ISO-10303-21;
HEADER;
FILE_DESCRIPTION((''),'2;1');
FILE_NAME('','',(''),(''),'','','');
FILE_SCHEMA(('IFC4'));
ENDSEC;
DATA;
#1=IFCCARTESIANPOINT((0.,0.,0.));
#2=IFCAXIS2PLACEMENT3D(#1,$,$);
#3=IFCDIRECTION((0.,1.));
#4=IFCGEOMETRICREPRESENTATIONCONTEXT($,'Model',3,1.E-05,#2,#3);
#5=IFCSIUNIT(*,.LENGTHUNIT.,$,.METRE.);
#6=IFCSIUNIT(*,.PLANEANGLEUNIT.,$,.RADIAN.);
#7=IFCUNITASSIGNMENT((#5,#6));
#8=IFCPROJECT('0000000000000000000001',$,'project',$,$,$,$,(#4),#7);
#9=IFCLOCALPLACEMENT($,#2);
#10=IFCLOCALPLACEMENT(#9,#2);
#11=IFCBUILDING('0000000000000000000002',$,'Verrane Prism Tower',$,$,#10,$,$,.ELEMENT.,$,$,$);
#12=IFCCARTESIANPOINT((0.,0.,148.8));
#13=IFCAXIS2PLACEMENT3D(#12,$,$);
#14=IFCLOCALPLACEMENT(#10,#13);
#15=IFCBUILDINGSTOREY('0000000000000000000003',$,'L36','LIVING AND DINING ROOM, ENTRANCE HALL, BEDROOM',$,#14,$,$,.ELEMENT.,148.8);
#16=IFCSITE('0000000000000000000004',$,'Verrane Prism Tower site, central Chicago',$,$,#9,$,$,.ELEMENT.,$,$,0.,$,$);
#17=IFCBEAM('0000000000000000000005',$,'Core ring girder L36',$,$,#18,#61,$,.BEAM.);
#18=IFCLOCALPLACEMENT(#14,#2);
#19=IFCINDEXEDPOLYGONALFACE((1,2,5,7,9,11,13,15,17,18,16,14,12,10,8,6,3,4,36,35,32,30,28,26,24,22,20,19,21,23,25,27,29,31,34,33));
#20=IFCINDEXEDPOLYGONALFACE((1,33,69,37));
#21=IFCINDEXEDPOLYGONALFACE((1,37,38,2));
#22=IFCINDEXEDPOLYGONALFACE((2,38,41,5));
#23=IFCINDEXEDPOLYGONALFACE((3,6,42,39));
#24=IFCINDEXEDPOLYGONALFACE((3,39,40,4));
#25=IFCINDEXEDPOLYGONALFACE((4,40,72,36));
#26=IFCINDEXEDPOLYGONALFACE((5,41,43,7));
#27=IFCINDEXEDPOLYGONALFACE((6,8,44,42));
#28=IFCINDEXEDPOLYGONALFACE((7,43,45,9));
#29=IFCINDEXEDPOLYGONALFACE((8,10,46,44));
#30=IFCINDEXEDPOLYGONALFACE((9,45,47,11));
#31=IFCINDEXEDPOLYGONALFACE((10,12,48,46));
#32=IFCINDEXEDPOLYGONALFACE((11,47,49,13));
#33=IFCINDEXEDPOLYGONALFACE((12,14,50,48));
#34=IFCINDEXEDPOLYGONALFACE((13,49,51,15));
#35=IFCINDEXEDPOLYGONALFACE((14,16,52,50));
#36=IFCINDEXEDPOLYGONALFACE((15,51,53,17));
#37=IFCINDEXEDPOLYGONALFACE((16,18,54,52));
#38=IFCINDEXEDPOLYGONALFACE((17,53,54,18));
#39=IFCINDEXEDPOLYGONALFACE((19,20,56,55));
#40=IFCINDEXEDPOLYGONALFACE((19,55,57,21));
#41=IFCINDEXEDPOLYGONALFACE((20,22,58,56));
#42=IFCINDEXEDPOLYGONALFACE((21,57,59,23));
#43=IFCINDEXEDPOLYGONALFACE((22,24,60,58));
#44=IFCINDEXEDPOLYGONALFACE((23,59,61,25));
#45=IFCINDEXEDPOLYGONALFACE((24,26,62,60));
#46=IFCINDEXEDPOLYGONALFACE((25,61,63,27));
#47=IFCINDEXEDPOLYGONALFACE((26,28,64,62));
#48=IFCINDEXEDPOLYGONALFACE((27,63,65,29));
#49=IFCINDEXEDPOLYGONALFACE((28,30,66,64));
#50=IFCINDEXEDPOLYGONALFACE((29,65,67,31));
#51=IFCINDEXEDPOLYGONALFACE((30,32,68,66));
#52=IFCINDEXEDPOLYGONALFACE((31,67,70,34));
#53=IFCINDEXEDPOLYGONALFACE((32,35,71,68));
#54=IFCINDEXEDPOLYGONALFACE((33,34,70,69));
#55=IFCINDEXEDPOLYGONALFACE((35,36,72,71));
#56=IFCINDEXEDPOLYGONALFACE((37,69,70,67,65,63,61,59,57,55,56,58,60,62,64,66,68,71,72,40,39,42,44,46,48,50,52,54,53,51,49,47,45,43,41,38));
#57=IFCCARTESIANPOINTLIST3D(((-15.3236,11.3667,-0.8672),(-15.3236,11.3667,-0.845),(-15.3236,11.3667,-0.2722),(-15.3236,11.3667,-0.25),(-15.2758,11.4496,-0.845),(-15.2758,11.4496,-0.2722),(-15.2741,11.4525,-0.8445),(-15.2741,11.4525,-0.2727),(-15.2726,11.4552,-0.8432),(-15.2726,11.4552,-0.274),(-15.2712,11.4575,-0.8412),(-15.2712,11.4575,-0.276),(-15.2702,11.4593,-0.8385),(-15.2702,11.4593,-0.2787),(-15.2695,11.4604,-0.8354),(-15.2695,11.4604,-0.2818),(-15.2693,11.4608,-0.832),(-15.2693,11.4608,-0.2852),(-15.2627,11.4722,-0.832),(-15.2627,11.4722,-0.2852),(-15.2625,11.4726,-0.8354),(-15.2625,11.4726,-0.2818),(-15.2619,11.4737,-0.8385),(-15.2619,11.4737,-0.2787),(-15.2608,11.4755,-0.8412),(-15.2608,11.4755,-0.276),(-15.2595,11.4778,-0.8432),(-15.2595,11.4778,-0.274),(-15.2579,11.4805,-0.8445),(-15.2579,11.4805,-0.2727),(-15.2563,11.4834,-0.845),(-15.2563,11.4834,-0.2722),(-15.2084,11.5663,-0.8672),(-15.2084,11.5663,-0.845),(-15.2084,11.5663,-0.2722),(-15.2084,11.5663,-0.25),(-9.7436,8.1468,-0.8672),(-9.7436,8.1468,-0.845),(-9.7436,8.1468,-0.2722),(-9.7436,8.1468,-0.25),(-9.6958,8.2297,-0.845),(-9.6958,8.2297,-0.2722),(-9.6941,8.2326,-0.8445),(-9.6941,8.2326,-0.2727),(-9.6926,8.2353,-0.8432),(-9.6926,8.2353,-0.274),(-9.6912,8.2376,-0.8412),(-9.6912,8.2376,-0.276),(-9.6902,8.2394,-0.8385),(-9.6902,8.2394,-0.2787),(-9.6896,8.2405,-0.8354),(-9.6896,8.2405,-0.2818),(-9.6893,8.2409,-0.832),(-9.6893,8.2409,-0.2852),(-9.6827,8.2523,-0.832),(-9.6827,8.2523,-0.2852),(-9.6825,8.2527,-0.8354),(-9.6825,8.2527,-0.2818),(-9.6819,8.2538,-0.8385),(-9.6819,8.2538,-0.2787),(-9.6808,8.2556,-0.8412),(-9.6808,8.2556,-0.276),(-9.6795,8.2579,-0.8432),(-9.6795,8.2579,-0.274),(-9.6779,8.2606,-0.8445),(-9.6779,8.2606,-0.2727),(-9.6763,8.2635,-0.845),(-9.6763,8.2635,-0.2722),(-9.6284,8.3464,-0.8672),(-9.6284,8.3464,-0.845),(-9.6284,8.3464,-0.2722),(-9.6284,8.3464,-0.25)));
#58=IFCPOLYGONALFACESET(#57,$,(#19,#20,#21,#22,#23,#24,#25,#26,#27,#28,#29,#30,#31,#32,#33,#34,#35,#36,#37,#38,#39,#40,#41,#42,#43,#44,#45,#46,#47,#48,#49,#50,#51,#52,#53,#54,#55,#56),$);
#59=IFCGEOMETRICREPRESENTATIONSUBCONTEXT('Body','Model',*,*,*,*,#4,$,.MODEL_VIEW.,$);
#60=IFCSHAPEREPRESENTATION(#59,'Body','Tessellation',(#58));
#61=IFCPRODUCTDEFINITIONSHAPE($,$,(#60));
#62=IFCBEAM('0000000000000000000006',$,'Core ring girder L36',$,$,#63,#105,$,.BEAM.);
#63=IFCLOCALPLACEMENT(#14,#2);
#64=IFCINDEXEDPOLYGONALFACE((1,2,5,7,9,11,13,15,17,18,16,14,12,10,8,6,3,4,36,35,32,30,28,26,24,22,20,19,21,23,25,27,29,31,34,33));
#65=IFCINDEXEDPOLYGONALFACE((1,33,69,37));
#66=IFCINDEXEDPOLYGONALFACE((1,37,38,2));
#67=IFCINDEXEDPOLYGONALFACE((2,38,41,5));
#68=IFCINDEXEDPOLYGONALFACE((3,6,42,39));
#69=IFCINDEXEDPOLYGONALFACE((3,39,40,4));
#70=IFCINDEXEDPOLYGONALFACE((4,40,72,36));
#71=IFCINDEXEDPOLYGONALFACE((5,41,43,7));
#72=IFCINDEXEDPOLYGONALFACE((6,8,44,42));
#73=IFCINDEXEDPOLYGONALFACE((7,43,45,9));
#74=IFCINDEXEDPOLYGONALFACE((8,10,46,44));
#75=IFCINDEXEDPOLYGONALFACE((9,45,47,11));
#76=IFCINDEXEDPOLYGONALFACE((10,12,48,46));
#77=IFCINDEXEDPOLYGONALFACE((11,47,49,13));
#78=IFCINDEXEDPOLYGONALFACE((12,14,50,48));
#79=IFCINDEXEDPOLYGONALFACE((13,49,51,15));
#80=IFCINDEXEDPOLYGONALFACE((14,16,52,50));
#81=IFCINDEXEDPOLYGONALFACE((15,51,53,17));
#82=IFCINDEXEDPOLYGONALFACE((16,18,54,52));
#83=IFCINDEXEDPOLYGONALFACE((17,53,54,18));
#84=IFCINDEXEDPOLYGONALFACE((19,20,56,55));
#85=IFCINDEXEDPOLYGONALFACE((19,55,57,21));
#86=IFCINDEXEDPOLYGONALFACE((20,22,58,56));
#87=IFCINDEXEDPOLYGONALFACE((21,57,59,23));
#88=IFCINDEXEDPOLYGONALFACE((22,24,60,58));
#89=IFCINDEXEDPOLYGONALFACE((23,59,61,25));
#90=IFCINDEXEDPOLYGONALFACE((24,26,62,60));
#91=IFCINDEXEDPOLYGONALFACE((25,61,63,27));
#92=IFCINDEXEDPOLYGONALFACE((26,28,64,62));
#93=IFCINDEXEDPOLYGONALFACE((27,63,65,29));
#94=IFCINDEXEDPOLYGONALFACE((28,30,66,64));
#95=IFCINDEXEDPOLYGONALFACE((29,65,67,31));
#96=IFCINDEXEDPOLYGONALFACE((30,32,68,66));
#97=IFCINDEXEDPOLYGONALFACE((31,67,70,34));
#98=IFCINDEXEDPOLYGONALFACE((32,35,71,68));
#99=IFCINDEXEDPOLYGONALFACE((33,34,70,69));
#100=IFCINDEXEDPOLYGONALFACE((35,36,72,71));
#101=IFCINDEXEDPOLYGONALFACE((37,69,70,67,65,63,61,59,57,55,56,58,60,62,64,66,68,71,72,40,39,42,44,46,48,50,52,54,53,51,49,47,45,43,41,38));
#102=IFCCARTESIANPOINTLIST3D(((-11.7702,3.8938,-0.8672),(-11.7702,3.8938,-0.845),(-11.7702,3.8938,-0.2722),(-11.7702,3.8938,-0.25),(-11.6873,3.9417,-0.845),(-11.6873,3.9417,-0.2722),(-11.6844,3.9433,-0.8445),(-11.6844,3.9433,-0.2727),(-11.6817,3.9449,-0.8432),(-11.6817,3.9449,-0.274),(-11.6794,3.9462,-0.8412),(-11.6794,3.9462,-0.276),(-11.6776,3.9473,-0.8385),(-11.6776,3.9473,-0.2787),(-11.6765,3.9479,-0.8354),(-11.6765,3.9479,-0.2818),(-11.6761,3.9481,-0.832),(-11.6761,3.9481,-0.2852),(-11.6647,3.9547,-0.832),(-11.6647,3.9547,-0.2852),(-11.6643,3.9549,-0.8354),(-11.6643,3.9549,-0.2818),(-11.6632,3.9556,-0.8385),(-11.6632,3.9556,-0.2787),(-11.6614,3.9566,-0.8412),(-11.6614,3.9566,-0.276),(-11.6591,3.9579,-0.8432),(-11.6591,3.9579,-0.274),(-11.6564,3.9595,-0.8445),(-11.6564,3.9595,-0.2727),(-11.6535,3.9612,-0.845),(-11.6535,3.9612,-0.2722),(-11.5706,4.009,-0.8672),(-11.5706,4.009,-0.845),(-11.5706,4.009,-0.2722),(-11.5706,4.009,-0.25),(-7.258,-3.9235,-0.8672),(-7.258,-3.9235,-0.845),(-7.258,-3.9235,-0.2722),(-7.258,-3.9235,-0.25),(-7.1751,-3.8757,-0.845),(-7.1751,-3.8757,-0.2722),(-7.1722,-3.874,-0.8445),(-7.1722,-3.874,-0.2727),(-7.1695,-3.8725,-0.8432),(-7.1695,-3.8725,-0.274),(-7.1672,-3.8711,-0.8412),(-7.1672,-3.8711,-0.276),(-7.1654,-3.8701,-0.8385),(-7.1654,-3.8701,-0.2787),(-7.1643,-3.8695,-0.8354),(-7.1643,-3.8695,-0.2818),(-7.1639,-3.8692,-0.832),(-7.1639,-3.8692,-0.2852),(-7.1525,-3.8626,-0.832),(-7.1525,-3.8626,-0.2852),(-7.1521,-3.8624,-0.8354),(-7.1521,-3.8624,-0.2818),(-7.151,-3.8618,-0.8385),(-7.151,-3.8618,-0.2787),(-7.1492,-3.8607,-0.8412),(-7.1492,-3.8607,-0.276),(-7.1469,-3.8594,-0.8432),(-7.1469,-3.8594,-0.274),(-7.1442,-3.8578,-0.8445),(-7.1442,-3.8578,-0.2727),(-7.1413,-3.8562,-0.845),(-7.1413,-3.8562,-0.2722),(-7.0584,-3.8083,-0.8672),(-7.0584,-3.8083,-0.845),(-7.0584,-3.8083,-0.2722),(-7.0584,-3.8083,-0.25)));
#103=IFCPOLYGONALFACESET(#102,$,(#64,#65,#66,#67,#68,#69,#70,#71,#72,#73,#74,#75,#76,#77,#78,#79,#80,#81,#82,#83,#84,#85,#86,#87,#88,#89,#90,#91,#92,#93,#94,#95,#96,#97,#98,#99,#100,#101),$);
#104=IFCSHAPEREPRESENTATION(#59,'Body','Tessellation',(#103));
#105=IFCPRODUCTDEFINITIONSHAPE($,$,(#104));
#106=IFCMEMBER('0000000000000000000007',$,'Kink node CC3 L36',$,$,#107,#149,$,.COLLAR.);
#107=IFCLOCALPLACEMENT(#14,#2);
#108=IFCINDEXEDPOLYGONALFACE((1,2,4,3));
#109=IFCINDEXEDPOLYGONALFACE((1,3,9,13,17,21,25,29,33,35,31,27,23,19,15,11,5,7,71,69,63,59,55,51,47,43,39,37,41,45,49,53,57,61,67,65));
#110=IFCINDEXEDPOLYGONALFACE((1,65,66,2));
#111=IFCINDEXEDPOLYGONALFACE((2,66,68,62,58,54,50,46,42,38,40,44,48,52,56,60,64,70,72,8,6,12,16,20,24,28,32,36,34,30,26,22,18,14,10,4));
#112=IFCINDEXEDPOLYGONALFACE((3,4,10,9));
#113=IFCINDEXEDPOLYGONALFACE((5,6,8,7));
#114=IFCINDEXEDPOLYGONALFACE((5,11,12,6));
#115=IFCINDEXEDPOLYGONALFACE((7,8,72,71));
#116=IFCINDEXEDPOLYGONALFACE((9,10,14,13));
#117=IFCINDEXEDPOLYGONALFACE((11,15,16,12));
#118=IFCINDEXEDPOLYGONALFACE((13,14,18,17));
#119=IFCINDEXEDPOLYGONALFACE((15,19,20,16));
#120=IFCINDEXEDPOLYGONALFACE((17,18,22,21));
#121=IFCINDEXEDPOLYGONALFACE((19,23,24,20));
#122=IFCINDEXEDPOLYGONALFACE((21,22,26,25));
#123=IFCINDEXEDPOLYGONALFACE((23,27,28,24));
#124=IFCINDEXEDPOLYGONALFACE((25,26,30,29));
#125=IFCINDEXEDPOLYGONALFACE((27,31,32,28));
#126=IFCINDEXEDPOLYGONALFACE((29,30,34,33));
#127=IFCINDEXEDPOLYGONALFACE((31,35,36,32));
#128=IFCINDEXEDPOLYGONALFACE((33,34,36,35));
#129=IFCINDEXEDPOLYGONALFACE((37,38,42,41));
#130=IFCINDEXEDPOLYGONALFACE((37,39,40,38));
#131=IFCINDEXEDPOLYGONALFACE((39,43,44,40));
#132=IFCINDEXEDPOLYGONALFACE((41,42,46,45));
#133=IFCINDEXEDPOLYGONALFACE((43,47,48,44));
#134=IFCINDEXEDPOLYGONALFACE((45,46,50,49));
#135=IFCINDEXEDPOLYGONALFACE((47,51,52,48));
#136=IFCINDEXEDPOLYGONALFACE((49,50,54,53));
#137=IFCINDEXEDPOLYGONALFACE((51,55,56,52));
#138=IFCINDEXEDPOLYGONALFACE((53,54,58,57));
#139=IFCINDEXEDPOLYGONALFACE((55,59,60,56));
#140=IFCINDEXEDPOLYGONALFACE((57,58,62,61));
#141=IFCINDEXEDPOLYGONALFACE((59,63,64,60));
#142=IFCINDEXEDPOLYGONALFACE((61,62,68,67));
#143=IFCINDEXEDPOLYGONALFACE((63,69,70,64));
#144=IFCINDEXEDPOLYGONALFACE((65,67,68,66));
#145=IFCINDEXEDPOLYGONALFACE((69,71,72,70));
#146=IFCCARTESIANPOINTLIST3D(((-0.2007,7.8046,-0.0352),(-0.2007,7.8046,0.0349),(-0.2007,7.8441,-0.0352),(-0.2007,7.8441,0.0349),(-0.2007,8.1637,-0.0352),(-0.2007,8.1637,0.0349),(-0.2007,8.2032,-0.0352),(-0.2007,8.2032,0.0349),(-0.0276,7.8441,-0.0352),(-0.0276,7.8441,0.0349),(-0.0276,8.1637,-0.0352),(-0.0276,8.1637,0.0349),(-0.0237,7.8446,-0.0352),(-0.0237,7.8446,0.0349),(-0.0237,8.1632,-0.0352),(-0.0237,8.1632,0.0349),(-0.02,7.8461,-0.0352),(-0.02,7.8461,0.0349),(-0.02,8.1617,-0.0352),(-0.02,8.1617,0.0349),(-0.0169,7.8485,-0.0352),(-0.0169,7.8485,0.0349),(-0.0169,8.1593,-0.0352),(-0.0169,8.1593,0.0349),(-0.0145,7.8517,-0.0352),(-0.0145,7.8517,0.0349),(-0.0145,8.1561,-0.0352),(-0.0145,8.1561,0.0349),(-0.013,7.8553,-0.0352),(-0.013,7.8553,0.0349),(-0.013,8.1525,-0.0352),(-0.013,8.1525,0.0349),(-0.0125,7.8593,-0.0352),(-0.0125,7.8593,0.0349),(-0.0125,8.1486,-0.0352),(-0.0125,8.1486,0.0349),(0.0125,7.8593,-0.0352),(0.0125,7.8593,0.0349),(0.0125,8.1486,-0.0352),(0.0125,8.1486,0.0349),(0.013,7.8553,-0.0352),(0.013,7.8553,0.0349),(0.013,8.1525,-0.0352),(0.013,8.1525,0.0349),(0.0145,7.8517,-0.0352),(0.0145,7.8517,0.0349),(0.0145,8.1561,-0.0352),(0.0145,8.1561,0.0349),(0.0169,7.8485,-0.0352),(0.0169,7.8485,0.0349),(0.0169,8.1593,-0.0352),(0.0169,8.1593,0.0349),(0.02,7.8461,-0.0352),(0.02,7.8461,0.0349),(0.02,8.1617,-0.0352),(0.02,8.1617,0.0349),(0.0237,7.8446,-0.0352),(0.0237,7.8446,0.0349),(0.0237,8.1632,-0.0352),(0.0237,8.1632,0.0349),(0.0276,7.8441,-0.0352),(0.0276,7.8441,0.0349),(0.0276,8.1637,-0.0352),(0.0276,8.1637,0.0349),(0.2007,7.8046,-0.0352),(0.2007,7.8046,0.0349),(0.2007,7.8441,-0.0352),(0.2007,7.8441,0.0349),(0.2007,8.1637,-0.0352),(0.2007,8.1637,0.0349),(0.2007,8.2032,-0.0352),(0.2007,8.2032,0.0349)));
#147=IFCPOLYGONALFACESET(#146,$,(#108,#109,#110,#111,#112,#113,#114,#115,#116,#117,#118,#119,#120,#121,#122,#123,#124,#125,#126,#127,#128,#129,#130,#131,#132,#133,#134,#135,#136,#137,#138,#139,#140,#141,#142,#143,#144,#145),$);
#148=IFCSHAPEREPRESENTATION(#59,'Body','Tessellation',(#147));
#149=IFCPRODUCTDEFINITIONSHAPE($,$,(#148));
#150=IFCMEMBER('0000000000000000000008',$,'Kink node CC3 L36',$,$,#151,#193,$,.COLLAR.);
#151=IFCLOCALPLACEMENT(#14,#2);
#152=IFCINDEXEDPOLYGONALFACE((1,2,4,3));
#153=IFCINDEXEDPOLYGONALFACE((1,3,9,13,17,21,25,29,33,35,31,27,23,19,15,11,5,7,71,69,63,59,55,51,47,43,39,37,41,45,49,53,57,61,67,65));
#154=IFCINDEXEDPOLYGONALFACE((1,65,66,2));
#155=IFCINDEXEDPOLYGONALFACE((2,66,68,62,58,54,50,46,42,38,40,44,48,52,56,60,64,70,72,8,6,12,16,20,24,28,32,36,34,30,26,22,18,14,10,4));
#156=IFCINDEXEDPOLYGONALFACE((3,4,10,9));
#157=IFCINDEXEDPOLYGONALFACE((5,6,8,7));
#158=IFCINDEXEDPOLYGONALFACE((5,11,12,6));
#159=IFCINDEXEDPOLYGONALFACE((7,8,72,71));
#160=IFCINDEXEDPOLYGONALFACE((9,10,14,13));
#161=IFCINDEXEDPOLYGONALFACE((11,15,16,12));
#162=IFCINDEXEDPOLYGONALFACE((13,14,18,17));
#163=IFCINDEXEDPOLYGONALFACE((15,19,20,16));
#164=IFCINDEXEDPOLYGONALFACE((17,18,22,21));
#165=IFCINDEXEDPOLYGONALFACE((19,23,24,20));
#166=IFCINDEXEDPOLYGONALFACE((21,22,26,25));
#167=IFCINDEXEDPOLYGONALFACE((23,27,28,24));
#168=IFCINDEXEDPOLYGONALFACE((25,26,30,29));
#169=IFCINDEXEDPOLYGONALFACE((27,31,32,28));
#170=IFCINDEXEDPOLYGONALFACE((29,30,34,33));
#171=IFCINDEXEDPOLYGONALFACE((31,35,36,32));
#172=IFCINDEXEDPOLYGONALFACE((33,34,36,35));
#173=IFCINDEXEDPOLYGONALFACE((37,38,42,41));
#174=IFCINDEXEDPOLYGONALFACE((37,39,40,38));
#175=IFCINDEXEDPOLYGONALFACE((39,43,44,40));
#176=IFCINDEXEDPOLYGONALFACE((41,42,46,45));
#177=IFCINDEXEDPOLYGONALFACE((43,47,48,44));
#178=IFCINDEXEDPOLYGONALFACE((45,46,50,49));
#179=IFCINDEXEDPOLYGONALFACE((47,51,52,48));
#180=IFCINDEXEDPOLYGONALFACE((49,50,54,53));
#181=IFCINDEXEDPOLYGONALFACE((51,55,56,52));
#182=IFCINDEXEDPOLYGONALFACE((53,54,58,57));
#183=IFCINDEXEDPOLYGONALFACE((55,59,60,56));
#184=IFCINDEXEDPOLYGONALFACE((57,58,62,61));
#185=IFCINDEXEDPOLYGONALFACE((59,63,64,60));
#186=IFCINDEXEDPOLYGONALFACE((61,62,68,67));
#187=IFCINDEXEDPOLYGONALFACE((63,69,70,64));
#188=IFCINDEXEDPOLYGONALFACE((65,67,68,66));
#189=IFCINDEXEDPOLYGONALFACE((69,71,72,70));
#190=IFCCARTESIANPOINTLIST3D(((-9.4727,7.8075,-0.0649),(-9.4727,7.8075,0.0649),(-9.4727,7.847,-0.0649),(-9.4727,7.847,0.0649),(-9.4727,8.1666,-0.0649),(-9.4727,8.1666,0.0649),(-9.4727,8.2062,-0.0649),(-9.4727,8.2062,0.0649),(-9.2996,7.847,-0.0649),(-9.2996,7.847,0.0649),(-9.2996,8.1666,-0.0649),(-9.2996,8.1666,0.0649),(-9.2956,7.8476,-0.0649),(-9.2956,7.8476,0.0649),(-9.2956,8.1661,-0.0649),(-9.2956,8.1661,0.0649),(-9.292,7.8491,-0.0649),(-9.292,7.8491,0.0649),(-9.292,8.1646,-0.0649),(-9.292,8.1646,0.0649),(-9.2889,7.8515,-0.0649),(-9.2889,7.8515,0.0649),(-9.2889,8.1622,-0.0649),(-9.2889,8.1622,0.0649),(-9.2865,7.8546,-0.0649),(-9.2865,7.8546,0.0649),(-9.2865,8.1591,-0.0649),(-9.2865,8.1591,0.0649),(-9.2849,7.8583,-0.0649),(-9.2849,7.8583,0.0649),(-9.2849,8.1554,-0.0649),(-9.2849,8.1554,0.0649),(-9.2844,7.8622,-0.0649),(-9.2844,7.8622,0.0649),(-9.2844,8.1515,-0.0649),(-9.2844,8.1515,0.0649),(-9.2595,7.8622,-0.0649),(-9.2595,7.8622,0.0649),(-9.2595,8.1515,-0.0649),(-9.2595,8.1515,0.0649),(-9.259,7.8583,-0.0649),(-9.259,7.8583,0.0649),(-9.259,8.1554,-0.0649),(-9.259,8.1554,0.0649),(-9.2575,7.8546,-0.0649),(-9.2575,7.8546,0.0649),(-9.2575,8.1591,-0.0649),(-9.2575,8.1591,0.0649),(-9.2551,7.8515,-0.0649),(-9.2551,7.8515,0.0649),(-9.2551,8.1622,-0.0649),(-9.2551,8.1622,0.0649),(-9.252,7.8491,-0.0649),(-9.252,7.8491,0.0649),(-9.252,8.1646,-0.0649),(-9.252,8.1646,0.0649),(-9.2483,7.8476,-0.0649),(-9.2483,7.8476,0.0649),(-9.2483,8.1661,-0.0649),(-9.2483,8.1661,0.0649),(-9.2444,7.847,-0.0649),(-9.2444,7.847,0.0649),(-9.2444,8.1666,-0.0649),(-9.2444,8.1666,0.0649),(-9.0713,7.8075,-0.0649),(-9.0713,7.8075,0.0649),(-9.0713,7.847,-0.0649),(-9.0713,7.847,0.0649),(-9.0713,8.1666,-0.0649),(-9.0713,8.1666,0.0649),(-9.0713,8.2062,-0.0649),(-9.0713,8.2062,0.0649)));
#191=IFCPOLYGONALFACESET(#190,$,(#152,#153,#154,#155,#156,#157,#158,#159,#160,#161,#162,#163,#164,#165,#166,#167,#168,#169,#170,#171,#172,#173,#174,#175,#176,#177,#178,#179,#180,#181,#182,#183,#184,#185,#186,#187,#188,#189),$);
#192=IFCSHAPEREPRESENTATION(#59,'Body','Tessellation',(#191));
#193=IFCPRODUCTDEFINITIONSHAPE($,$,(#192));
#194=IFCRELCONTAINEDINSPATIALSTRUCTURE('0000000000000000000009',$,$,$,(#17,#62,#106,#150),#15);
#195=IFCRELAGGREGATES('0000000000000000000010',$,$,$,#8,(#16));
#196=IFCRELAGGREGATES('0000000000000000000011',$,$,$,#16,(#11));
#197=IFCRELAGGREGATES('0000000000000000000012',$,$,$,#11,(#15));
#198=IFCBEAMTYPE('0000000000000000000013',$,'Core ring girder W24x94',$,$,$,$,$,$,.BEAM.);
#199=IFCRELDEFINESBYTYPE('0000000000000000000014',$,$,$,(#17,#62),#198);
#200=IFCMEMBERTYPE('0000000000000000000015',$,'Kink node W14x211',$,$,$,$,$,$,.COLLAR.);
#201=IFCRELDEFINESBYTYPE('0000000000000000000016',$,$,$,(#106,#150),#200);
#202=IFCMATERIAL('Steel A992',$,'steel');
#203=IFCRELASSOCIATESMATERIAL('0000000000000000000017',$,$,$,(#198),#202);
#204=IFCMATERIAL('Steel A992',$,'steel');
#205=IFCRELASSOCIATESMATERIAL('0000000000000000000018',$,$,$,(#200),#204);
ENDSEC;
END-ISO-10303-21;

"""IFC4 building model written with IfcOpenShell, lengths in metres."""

from ifc_helpers import new_model, si_unit, direction, frame, origin, origin_2d, place, context, subcontext, project, spatial, i_section, extrude, material, material_profile, profile_set, type_object, element, save


model = new_model("IFC4")

# Units and contexts
model_context = context("Model", 3, precision=1e-05, world=origin(), true_north=direction((0.0, 1.0)))
body_context = subcontext(model_context, "Body", "Model", "MODEL_VIEW")
ifc_project = project(units=[si_unit("LENGTHUNIT", "METRE"), si_unit("PLANEANGLEUNIT", "RADIAN")], contexts=[model_context])

# Site, building, storey
site_placement = place(None, origin())
site = spatial("IfcSite", under=ifc_project, at=site_placement, Name="Verrane Prism Tower site, central Chicago", CompositionType="ELEMENT", RefElevation=0.0)
building_placement = place(site_placement, origin())
building = spatial("IfcBuilding", under=site, at=building_placement, Name="Verrane Prism Tower", CompositionType="ELEMENT")
storey_placement = place(building_placement, frame((0.0, 0.0, 148.8)))
storey = spatial("IfcBuildingStorey", under=building, at=storey_placement, Name="L36", Description="LIVING AND DINING ROOM, ENTRANCE HALL, BEDROOM", CompositionType="ELEMENT", Elevation=148.8)

# Beams
ifc_material_1 = material(Name="Steel A992", Category="steel")
ifc_material_profile_1 = material_profile(ifc_material_1, i_section(OverallWidth=0.2305, OverallDepth=0.6172, WebThickness=0.0132, FlangeThickness=0.0222, FilletRadius=0.0129, at=origin_2d()), Name="W24x94")
ifc_profile_set_1 = profile_set([ifc_material_profile_1], Name="Steel A992")
beam_type = type_object("IfcBeamType", Name="Core ring girder W24x94", PredefinedType="BEAM", material=ifc_profile_set_1)
beam_1_placement = place(storey_placement, frame((-9.686, 8.2466, -0.5586), z_axis=(-0.866139, 0.499803, 0.0), x_axis=(-0.499803, -0.866139, 0.0)))
element("IfcBeam", 1, at=beam_1_placement, inside=storey, type_object=beam_type, Name="Core ring girder L36", PredefinedType="BEAM", context=body_context, shape_type="SweptSolid", body=[
    extrude(i_section(OverallWidth=0.2305, OverallDepth=0.6172, WebThickness=0.0132, FlangeThickness=0.0222, FilletRadius=0.0129, at=origin_2d()), origin(), (0.0, 0.0, 1.0), 6.4424),
])
beam_2_placement = place(storey_placement, frame((-11.6704, 3.9514, -0.5586), z_axis=(0.499904, -0.866081, 0.0), x_axis=(0.866081, 0.499904, 0.0)))
element("IfcBeam", 2, at=beam_2_placement, inside=storey, type_object=beam_type, Name="Core ring girder L36", PredefinedType="BEAM", context=body_context, shape_type="SweptSolid", body=[
    extrude(i_section(OverallWidth=0.2305, OverallDepth=0.6172, WebThickness=0.0132, FlangeThickness=0.0222, FilletRadius=0.0129, at=origin_2d()), origin(), (0.0, 0.0, 1.0), 9.0261),
])

# Members
ifc_material_2 = material(Name="Steel A992", Category="steel")
ifc_material_profile_2 = material_profile(ifc_material_2, i_section(OverallWidth=0.4014, OverallDepth=0.3987, WebThickness=0.0249, FlangeThickness=0.0396, FilletRadius=0.0151, at=origin_2d()), Name="W14x211")
ifc_profile_set_2 = profile_set([ifc_material_profile_2], Name="Steel A992")
member_type = type_object("IfcMemberType", Name="Kink node W14x211", PredefinedType="COLLAR", material=ifc_profile_set_2)
member_placement = place(storey_placement, frame((0.0, 8.0039, -0.0352), z_axis=(0.0, 0.0, 1.0), x_axis=(1.0, 0.0, 0.0)))
element("IfcMember", 3, at=member_placement, inside=storey, type_object=member_type, Name="Kink node CC3 L36", PredefinedType="COLLAR", context=body_context, shape_type="SweptSolid", body=[
    extrude(i_section(OverallWidth=0.4014, OverallDepth=0.3987, WebThickness=0.0249, FlangeThickness=0.0396, FilletRadius=0.0151, at=origin_2d()), origin(), (0.0, 0.0, 1.0), 0.0701),
])
for number, where, z_axis, x_axis, name in (
    (4, (-9.272, 8.0068, -0.0649), (0.0, 0.0, 1.0), (1.0, 0.0, 0.0), "Kink node CC3 L36"),
):
    element("IfcMember", number, at=place(storey_placement, frame(where, z_axis=z_axis, x_axis=x_axis)), inside=storey, type_object=member_type, Name=name, PredefinedType="COLLAR", context=body_context, shape_type="SweptSolid", body=[
        extrude(i_section(OverallWidth=0.4014, OverallDepth=0.3987, WebThickness=0.0249, FlangeThickness=0.0396, FilletRadius=0.0151, at=origin_2d()), origin(), (0.0, 0.0, 1.0), 0.1299),
    ])

save(model, "model.ifc")
